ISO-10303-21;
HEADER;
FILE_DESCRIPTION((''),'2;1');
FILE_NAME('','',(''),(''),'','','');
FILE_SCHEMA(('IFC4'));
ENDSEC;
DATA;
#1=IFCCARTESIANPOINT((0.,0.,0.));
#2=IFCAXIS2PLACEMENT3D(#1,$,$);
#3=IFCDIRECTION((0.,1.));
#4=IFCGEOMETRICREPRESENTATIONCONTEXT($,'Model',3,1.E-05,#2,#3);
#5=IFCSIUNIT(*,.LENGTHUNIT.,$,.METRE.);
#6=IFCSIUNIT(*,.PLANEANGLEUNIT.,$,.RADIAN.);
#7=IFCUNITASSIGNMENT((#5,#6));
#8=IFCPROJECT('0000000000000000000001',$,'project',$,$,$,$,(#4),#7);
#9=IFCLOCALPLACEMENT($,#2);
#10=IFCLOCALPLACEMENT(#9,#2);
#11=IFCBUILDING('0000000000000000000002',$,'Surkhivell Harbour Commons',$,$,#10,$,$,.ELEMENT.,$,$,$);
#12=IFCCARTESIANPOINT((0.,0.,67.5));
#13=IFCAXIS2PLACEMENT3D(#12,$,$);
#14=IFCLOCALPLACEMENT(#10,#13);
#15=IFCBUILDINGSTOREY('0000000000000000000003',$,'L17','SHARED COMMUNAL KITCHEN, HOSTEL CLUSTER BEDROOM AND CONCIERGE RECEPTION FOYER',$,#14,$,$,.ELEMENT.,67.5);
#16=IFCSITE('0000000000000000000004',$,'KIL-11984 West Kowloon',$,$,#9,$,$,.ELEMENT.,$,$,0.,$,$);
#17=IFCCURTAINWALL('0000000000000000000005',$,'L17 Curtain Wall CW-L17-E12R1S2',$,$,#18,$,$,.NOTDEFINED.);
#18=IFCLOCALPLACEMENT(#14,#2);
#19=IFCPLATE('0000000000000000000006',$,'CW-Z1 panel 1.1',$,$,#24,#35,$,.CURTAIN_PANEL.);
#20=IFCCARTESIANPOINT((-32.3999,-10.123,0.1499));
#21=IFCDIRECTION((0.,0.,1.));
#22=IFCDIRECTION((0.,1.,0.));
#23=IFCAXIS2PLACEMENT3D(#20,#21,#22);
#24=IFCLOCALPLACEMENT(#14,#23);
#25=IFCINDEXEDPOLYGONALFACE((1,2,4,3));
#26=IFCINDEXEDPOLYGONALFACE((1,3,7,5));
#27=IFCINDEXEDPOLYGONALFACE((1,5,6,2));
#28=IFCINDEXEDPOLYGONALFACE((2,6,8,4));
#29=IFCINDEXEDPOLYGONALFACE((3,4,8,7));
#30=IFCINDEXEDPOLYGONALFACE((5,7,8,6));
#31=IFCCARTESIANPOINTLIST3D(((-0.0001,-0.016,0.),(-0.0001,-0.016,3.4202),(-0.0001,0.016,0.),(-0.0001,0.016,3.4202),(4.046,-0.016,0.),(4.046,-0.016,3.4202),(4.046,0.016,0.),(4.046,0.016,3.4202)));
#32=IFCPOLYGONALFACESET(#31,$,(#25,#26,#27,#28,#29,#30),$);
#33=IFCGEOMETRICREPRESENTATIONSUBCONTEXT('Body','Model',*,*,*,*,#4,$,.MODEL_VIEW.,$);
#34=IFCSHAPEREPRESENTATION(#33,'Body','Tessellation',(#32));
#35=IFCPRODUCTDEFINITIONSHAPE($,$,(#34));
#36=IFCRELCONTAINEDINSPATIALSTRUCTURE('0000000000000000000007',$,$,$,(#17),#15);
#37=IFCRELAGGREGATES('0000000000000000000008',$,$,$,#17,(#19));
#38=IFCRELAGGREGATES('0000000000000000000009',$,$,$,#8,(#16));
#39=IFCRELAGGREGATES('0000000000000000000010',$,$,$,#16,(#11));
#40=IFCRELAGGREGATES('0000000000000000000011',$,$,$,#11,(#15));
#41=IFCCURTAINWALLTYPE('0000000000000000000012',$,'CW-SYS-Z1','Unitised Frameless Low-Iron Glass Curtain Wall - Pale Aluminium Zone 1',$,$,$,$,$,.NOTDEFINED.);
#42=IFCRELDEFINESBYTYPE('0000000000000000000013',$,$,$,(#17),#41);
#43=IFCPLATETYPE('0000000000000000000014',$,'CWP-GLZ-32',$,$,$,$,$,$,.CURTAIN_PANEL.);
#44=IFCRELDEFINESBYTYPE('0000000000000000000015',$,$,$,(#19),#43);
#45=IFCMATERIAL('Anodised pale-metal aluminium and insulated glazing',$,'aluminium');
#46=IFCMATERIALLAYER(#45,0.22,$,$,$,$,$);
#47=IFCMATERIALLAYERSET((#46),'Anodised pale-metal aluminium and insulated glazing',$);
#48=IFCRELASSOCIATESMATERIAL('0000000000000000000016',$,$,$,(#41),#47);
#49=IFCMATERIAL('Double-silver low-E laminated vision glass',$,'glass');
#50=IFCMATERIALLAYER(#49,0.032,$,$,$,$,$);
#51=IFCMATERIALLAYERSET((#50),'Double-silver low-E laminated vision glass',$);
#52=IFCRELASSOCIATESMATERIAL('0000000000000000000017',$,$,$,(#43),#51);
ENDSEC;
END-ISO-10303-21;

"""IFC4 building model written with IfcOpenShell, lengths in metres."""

from ifc_helpers import new_model, si_unit, direction, frame, frame_2d, origin, place, context, subcontext, project, spatial, rectangle, extrude, material, layer, layer_set, type_object, element, aggregate, save


model = new_model("IFC4")

# Units and contexts
model_context = context("Model", 3, precision=1e-05, world=origin(), true_north=direction((0.0, 1.0)))
body_context = subcontext(model_context, "Body", "Model", "MODEL_VIEW")
ifc_project = project(units=[si_unit("LENGTHUNIT", "METRE"), si_unit("PLANEANGLEUNIT", "RADIAN")], contexts=[model_context])

# Site, building, storey
site_placement = place(None, origin())
site = spatial("IfcSite", under=ifc_project, at=site_placement, Name="KIL-11984 West Kowloon", CompositionType="ELEMENT", RefElevation=0.0)
building_placement = place(site_placement, origin())
building = spatial("IfcBuilding", under=site, at=building_placement, Name="Surkhivell Harbour Commons", CompositionType="ELEMENT")
storey_placement = place(building_placement, frame((0.0, 0.0, 67.5)))
storey = spatial("IfcBuildingStorey", under=building, at=storey_placement, Name="L17", Description="SHARED COMMUNAL KITCHEN, HOSTEL CLUSTER BEDROOM AND CONCIERGE RECEPTION FOYER", CompositionType="ELEMENT", Elevation=67.5)

# Curtain wall
ifc_material_1 = material(Name="Anodised pale-metal aluminium and insulated glazing", Category="aluminium")
ifc_layer_1 = layer(ifc_material_1, 0.22)
ifc_layer_set_1 = layer_set([ifc_layer_1], Name="Anodised pale-metal aluminium and insulated glazing")
curtain_wall_type = type_object("IfcCurtainWallType", Name="CW-SYS-Z1", Description="Unitised Frameless Low-Iron Glass Curtain Wall - Pale Aluminium Zone 1", PredefinedType="NOTDEFINED", material=ifc_layer_set_1)
curtain_wall_placement = place(storey_placement, origin())
curtain_wall = element("IfcCurtainWall", 1, at=curtain_wall_placement, inside=storey, type_object=curtain_wall_type, Name="L17 Curtain Wall CW-L17-E12R1S2", PredefinedType="NOTDEFINED")

# Plate
ifc_material_2 = material(Name="Double-silver low-E laminated vision glass", Category="glass")
ifc_layer_2 = layer(ifc_material_2, 0.032)
ifc_layer_set_2 = layer_set([ifc_layer_2], Name="Double-silver low-E laminated vision glass")
plate_type_1 = type_object("IfcPlateType", Name="CWP-GLZ-32", PredefinedType="CURTAIN_PANEL", material=ifc_layer_set_2)
plate_1_placement = place(storey_placement, frame((-32.3999, -10.123, 0.1499), z_axis=(0.0, 0.0, 1.0), x_axis=(0.0, 1.0, 0.0)))
plate_1 = element("IfcPlate", 2, at=plate_1_placement, type_object=plate_type_1, Name="CW-Z1 panel 1.1", PredefinedType="CURTAIN_PANEL", context=body_context, shape_type="SweptSolid", body=[
    extrude(rectangle(XDim=4.0461, YDim=0.032, at=frame_2d((2.0229, 0.0))), origin(), (0.0, 0.0, 1.0), 3.4202),
])
aggregate(curtain_wall, [plate_1])

save(model, "model.ifc")
